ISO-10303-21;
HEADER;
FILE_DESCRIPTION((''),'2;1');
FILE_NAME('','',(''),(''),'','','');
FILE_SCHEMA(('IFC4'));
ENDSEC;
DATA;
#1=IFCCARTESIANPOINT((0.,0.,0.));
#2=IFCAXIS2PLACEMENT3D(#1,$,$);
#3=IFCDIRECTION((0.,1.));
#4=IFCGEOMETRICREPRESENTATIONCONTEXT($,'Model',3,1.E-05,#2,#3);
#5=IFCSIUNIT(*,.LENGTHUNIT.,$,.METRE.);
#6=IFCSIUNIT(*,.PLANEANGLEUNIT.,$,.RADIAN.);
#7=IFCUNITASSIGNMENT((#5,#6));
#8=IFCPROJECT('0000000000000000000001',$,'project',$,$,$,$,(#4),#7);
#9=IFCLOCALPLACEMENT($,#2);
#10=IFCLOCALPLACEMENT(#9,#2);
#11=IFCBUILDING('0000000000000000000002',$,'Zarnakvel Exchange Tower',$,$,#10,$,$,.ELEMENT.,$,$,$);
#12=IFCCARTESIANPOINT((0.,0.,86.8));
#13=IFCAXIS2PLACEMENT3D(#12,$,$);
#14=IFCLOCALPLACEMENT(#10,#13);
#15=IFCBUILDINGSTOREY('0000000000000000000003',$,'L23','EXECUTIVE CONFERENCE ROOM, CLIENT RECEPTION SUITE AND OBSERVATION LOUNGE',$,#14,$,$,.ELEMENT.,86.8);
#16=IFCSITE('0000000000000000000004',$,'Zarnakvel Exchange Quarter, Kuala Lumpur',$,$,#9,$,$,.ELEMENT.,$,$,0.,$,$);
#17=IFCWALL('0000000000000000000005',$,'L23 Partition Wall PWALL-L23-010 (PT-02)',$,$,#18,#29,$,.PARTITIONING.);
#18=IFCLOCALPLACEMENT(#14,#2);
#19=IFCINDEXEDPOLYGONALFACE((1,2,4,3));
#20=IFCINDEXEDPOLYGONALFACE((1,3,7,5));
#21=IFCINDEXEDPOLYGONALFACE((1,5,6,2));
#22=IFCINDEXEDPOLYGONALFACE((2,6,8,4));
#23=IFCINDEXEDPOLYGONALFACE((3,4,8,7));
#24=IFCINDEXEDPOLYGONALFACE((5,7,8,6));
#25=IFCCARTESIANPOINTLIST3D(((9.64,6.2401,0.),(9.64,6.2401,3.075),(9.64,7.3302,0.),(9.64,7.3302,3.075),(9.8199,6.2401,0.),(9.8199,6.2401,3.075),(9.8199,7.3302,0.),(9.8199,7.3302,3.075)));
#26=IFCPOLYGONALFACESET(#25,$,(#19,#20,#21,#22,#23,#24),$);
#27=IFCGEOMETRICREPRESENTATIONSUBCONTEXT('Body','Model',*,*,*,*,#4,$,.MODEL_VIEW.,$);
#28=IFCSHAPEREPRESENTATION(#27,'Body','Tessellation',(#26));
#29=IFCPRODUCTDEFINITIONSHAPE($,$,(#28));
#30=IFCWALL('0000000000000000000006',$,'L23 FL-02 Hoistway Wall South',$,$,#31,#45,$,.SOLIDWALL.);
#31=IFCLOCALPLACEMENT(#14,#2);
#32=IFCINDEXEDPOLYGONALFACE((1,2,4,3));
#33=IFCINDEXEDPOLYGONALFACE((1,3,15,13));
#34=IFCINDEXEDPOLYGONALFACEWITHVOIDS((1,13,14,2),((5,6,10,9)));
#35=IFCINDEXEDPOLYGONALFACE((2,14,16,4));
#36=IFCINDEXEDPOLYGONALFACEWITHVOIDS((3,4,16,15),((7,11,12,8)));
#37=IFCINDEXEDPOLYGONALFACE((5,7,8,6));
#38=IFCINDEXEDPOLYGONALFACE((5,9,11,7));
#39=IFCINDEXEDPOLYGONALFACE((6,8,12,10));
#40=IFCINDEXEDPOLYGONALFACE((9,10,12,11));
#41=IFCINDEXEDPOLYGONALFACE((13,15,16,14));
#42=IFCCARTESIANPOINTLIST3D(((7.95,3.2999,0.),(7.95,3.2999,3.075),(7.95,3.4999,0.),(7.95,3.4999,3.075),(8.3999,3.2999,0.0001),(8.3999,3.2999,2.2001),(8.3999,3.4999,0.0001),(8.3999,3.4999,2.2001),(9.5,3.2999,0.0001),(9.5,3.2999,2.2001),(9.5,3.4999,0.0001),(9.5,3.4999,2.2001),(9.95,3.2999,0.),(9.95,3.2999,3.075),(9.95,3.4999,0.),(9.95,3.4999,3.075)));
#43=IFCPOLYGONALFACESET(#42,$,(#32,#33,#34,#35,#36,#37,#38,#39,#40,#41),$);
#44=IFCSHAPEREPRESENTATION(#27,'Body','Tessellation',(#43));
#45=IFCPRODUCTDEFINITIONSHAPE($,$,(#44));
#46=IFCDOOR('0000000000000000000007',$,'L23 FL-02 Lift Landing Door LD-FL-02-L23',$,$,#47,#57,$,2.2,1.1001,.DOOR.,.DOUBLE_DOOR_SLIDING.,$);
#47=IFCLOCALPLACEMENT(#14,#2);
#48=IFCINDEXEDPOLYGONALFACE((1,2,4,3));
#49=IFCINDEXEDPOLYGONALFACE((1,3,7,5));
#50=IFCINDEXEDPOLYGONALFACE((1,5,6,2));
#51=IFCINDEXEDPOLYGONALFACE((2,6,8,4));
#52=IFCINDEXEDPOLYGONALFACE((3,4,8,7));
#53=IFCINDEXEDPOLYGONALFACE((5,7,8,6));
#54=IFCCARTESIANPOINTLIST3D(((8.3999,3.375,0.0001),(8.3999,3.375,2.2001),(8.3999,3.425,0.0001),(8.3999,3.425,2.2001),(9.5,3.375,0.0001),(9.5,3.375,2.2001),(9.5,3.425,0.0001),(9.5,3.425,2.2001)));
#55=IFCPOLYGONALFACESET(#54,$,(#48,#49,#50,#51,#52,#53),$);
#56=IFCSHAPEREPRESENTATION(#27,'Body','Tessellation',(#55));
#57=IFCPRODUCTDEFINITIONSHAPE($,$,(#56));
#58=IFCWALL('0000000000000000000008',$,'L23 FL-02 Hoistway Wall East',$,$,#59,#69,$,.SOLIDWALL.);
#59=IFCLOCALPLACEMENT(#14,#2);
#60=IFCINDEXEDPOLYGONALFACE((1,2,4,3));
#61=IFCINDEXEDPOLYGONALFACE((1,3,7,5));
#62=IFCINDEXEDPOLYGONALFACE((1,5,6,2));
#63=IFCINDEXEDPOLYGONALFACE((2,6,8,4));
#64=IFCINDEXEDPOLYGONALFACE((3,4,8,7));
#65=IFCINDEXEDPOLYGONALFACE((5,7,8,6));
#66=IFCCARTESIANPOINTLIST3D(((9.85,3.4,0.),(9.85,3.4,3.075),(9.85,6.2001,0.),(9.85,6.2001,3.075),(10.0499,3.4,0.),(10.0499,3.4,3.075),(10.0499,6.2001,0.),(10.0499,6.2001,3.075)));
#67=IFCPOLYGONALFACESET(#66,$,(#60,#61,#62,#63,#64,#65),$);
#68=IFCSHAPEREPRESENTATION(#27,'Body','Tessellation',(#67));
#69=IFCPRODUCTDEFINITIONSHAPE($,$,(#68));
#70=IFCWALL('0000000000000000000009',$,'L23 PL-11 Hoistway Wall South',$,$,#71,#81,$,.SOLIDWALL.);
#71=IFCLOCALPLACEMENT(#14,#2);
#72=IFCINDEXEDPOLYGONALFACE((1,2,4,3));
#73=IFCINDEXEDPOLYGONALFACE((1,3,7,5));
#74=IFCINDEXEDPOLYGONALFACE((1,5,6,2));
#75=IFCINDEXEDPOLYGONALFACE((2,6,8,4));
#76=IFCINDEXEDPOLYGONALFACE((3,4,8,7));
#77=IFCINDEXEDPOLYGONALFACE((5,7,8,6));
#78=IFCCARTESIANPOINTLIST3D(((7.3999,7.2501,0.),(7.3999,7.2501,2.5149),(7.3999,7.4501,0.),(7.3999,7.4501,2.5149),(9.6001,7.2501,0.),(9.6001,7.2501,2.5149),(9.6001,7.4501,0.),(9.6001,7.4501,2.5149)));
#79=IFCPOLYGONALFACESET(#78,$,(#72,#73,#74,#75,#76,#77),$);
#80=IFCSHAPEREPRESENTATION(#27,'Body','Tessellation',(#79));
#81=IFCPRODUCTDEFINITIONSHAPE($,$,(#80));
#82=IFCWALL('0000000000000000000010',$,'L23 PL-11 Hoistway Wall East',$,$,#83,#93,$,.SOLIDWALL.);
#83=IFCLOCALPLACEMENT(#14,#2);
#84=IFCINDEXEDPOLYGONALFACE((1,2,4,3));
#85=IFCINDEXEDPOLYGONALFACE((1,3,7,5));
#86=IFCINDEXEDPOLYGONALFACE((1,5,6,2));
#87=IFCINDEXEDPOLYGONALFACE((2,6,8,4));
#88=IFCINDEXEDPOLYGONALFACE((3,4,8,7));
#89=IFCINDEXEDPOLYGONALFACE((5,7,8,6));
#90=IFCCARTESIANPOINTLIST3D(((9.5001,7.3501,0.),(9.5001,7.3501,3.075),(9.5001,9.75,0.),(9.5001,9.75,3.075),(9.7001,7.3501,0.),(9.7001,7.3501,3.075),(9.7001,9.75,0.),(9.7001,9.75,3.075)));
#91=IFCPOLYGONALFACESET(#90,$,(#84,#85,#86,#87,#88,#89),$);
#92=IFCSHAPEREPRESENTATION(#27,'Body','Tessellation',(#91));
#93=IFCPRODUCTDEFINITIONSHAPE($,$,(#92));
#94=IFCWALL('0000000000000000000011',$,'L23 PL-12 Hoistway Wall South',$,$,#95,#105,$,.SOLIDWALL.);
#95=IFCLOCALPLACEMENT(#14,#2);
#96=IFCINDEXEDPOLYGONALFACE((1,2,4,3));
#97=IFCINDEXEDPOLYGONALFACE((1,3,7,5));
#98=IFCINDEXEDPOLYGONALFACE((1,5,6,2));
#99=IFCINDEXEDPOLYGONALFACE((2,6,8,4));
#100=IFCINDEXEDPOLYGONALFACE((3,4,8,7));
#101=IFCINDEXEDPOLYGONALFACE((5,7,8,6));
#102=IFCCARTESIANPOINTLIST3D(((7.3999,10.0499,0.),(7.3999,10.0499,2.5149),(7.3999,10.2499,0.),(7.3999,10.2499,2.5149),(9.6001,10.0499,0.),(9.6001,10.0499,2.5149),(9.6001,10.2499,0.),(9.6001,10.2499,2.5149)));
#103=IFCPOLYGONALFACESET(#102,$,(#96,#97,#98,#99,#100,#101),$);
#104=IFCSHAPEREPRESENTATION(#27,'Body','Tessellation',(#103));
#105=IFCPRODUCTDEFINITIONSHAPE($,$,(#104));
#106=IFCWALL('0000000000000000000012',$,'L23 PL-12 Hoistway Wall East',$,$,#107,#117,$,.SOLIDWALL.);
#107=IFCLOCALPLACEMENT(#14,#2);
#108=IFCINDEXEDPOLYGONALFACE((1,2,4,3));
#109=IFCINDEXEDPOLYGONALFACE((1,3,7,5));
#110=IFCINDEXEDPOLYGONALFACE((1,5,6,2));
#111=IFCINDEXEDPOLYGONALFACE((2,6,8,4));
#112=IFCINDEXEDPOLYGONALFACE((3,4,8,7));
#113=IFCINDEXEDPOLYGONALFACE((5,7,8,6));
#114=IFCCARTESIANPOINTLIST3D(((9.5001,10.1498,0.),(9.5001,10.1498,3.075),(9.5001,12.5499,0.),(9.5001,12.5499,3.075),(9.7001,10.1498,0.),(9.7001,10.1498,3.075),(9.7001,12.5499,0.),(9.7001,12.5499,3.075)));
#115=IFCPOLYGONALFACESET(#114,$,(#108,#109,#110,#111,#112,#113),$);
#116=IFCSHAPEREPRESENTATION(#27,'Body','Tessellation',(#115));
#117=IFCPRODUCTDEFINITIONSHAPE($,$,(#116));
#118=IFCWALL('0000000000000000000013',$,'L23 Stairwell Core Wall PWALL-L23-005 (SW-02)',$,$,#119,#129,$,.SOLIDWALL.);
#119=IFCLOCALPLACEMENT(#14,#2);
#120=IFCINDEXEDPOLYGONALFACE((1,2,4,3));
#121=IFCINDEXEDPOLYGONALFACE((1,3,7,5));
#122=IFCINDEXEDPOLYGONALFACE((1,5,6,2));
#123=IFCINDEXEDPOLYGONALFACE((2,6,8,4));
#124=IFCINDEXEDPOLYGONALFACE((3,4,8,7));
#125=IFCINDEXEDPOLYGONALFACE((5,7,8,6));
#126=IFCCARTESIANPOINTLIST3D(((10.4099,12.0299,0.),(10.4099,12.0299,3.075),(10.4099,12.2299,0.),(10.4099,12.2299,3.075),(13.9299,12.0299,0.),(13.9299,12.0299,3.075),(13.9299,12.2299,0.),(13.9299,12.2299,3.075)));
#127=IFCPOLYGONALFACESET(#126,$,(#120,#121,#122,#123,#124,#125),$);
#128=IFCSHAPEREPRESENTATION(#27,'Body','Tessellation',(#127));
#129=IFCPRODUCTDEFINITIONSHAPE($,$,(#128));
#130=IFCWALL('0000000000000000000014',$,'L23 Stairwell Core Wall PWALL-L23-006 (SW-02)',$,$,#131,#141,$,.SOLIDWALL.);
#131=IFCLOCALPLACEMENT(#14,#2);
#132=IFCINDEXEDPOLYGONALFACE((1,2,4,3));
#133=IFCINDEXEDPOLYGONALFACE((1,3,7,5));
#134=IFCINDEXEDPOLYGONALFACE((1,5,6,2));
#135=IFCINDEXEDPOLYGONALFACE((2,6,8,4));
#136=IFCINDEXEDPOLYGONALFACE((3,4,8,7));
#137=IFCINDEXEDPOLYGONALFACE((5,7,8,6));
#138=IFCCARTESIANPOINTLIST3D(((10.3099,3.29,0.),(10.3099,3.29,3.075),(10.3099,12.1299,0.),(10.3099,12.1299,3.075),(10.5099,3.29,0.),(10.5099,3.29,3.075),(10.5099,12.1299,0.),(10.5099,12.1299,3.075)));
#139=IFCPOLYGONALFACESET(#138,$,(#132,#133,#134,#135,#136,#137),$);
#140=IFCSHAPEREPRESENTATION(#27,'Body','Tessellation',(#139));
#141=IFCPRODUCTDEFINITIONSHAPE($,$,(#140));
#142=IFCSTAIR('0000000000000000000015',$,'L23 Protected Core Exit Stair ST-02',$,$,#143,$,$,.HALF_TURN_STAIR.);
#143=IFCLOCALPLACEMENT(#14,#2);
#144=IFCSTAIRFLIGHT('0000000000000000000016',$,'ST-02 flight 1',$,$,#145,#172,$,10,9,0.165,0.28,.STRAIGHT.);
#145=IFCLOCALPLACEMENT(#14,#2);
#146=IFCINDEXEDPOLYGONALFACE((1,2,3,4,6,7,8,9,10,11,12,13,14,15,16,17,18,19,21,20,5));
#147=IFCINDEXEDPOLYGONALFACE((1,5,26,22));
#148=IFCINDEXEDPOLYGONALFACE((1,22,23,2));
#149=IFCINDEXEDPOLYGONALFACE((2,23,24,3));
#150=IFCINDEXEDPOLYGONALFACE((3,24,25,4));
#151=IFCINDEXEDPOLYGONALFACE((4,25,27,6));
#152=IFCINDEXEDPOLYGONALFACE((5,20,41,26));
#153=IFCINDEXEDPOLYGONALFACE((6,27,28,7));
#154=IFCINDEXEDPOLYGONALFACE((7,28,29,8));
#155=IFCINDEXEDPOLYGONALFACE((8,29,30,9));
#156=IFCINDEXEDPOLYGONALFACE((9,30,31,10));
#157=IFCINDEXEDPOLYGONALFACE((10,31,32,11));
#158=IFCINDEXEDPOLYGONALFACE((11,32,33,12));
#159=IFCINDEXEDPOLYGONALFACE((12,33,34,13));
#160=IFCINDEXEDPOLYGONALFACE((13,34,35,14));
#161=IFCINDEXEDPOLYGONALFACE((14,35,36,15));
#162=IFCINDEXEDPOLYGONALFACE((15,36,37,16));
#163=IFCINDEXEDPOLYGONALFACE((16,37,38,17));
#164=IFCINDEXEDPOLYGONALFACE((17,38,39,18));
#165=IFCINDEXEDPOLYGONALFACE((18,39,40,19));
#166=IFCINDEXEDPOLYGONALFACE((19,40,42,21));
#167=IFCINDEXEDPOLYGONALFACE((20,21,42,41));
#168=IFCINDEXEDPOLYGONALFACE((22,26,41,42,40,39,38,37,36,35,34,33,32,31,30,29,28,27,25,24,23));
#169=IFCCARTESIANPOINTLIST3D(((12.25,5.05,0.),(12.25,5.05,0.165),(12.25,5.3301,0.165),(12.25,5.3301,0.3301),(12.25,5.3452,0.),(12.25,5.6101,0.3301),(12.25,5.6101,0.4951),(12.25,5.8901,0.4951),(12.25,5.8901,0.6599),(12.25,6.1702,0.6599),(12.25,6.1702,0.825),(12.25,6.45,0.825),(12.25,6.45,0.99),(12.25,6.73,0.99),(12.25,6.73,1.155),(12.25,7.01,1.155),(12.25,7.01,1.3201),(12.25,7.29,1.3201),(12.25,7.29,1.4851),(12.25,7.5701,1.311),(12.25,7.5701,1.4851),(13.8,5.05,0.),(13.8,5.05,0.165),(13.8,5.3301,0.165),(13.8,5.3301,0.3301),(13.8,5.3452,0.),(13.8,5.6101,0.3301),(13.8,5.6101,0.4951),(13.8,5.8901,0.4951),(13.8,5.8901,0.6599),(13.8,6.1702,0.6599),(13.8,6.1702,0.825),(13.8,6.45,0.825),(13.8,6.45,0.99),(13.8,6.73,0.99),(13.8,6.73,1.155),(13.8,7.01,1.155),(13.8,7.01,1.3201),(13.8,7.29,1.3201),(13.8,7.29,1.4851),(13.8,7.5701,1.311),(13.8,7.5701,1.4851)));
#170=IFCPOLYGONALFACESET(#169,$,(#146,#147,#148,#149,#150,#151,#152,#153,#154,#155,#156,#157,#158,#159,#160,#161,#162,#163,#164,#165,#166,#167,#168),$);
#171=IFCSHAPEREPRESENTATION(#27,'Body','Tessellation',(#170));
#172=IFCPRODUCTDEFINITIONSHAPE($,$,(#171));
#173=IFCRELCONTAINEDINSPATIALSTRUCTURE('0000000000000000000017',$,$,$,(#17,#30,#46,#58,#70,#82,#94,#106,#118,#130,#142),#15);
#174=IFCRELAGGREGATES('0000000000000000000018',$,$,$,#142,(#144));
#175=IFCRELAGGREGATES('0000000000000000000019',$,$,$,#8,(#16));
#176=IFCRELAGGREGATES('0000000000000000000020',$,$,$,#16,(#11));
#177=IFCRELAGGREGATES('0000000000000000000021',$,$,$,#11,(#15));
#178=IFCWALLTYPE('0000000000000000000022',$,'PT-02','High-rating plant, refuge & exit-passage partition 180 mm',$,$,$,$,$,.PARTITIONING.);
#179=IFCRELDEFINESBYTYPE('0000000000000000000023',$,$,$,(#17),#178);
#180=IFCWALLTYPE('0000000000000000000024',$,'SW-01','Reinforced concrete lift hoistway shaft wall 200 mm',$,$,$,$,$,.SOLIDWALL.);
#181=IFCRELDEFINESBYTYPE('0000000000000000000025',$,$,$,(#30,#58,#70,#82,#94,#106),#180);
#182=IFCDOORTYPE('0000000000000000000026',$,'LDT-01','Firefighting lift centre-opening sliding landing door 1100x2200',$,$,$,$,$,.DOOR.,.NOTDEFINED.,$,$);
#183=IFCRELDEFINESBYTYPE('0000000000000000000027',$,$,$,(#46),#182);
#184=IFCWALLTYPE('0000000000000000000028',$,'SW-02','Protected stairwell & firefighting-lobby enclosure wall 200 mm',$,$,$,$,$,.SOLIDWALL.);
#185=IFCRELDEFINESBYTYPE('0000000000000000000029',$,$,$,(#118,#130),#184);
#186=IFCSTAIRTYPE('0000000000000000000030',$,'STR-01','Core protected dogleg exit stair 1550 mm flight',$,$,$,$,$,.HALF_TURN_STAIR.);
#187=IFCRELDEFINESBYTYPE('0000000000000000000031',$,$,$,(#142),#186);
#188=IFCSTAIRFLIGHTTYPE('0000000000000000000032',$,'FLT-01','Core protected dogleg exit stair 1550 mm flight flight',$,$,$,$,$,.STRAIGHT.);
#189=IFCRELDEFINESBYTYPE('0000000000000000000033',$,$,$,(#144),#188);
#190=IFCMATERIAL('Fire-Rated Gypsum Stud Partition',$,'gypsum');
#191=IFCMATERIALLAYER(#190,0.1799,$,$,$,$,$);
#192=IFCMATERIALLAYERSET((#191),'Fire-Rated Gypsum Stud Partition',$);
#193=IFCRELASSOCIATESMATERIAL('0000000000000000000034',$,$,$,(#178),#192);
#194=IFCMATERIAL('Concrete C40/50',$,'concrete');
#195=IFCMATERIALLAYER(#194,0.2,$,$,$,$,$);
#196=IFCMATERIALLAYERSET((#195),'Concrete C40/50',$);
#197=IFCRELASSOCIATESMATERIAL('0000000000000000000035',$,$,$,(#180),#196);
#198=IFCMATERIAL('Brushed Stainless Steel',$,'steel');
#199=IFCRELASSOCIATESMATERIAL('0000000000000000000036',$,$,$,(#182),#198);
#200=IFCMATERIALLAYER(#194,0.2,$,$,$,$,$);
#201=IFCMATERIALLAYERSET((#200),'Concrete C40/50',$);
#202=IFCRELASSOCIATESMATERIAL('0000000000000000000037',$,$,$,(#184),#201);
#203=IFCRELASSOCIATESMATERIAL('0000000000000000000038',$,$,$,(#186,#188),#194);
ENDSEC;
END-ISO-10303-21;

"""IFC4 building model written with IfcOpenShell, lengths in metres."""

from ifc_helpers import new_model, si_unit, direction, frame, frame_2d, origin, place, context, subcontext, project, spatial, polyline, rectangle, outline, extrude, source, transform, mapped, material, layer, layer_set, type_object, element, fill, aggregate, save


model = new_model("IFC4")

# Units and contexts
model_context = context("Model", 3, precision=1e-05, world=origin(), true_north=direction((0.0, 1.0)))
body_context = subcontext(model_context, "Body", "Model", "MODEL_VIEW")
ifc_project = project(units=[si_unit("LENGTHUNIT", "METRE"), si_unit("PLANEANGLEUNIT", "RADIAN")], contexts=[model_context])

# Site, building, storey
site_placement = place(None, origin())
site = spatial("IfcSite", under=ifc_project, at=site_placement, Name="Zarnakvel Exchange Quarter, Kuala Lumpur", CompositionType="ELEMENT", RefElevation=0.0)
building_placement = place(site_placement, origin())
building = spatial("IfcBuilding", under=site, at=building_placement, Name="Zarnakvel Exchange Tower", CompositionType="ELEMENT")
storey_placement = place(building_placement, frame((0.0, 0.0, 86.8)))
storey = spatial("IfcBuildingStorey", under=building, at=storey_placement, Name="L23", Description="EXECUTIVE CONFERENCE ROOM, CLIENT RECEPTION SUITE AND OBSERVATION LOUNGE", CompositionType="ELEMENT", Elevation=86.8)

# Wall
ifc_material_1 = material(Name="Fire-Rated Gypsum Stud Partition", Category="gypsum")
ifc_layer_1 = layer(ifc_material_1, 0.1799)
ifc_layer_set_1 = layer_set([ifc_layer_1], Name="Fire-Rated Gypsum Stud Partition")
wall_type_1 = type_object("IfcWallType", Name="PT-02", Description="High-rating plant, refuge & exit-passage partition 180 mm", PredefinedType="PARTITIONING", material=ifc_layer_set_1)
wall_1_placement = place(storey_placement, frame((9.73, 7.3301, 0.0), z_axis=(0.0, 0.0, 1.0), x_axis=(0.0, -1.0, 0.0)))
element("IfcWall", 1, at=wall_1_placement, inside=storey, type_object=wall_type_1, Name="L23 Partition Wall PWALL-L23-010 (PT-02)", PredefinedType="PARTITIONING", context=body_context, shape_type="SweptSolid", body=[
    extrude(rectangle(XDim=1.0901, YDim=0.1799, at=frame_2d((0.5449, 0.0))), origin(), (0.0, 0.0, 1.0), 3.075),
])

# Wall, opening, door
ifc_material_2 = material(Name="Concrete C40/50", Category="concrete")
ifc_layer_2 = layer(ifc_material_2, 0.2)
ifc_layer_set_2 = layer_set([ifc_layer_2], Name="Concrete C40/50")
wall_type_2 = type_object("IfcWallType", Name="SW-01", Description="Reinforced concrete lift hoistway shaft wall 200 mm", PredefinedType="SOLIDWALL", material=ifc_layer_set_2)
wall_2_placement = place(storey_placement, frame((9.95, 3.3999, 0.0), z_axis=(0.0, 0.0, 1.0), x_axis=(-1.0, 0.0, 0.0)))
wall_2 = element("IfcWall", 2, at=wall_2_placement, inside=storey, type_object=wall_type_2, Name="L23 FL-02 Hoistway Wall South", PredefinedType="SOLIDWALL", context=body_context, shape_type="SweptSolid", body=[
    extrude(rectangle(XDim=2.0, YDim=0.2, at=frame_2d((1.0, 0.0))), origin(), (0.0, 0.0, 1.0), 3.075),
])
opening_1_placement = place(wall_2_placement, frame((0.45, 0.0, 0.0)))
opening_1 = element("IfcOpeningElement", 3, at=opening_1_placement, cuts=wall_2, PredefinedType="OPENING", context=body_context, shape_type="SweptSolid", body=[
    extrude(rectangle(XDim=1.1001, YDim=2.2, at=frame_2d((0.55, 1.1001))), frame((0.0, 0.1099, 0.0), z_axis=(0.0, -1.0, 0.0), x_axis=(1.0, 0.0, 0.0)), (0.0, 0.0, 1.0), 0.22),
])
ifc_material_3 = material(Name="Brushed Stainless Steel", Category="steel")
door_type_1 = type_object("IfcDoorType", Name="LDT-01", Description="Firefighting lift centre-opening sliding landing door 1100x2200", OperationType="NOTDEFINED", PredefinedType="DOOR", material=ifc_material_3)
shared_shape_1 = source(origin(), body_context, "Body", "SweptSolid", [
    extrude(rectangle(XDim=1.1001, YDim=2.2, at=frame_2d((0.55, 1.1001))), frame((0.0, 0.0249, 0.0), z_axis=(0.0, -1.0, 0.0), x_axis=(1.0, 0.0, 0.0)), (0.0, 0.0, 1.0), 0.05),
])
door_1_placement = place(opening_1_placement, origin())
door_1 = element("IfcDoor", 4, at=door_1_placement, inside=storey, type_object=door_type_1, Name="L23 FL-02 Lift Landing Door LD-FL-02-L23", OperationType="DOUBLE_DOOR_SLIDING", OverallHeight=2.2, OverallWidth=1.1001, PredefinedType="DOOR", context=body_context, shape_type="MappedRepresentation", body=[
    mapped(shared_shape_1, transform((0.0, 0.0, 0.0), x_axis=(1.0, 0.0, 0.0), y_axis=(0.0, 1.0, 0.0), z_axis=(0.0, 0.0, 1.0), scale=1.0)),
])
fill(opening_1, door_1)

# Walls
wall_3_placement = place(storey_placement, frame((9.95, 6.2, 0.0), z_axis=(0.0, 0.0, 1.0), x_axis=(0.0, -1.0, 0.0)))
element("IfcWall", 5, at=wall_3_placement, inside=storey, type_object=wall_type_2, Name="L23 FL-02 Hoistway Wall East", PredefinedType="SOLIDWALL", context=body_context, shape_type="SweptSolid", body=[
    extrude(rectangle(XDim=2.8, YDim=0.2, at=frame_2d((1.3999, 0.0))), origin(), (0.0, 0.0, 1.0), 3.075),
])
wall_4_placement = place(storey_placement, frame((9.6001, 7.3501, 0.0), z_axis=(0.0, 0.0, 1.0), x_axis=(-1.0, 0.0, 0.0)))
element("IfcWall", 6, at=wall_4_placement, inside=storey, type_object=wall_type_2, Name="L23 PL-11 Hoistway Wall South", PredefinedType="SOLIDWALL", context=body_context, shape_type="SweptSolid", body=[
    extrude(rectangle(XDim=2.2002, YDim=0.2, at=frame_2d((1.1001, 0.0))), origin(), (0.0, 0.0, 1.0), 2.5149),
])
wall_5_placement = place(storey_placement, frame((9.6001, 9.75, 0.0), z_axis=(0.0, 0.0, 1.0), x_axis=(0.0, -1.0, 0.0)))
element("IfcWall", 7, at=wall_5_placement, inside=storey, type_object=wall_type_2, Name="L23 PL-11 Hoistway Wall East", PredefinedType="SOLIDWALL", context=body_context, shape_type="SweptSolid", body=[
    extrude(rectangle(XDim=2.3999, YDim=0.2, at=frame_2d((1.2, 0.0))), origin(), (0.0, 0.0, 1.0), 3.075),
])
wall_6_placement = place(storey_placement, frame((9.6001, 10.1499, 0.0), z_axis=(0.0, 0.0, 1.0), x_axis=(-1.0, 0.0, 0.0)))
element("IfcWall", 8, at=wall_6_placement, inside=storey, type_object=wall_type_2, Name="L23 PL-12 Hoistway Wall South", PredefinedType="SOLIDWALL", context=body_context, shape_type="SweptSolid", body=[
    extrude(rectangle(XDim=2.2002, YDim=0.2, at=frame_2d((1.1001, 0.0))), origin(), (0.0, 0.0, 1.0), 2.5149),
])
wall_7_placement = place(storey_placement, frame((9.6001, 12.55, 0.0), z_axis=(0.0, 0.0, 1.0), x_axis=(0.0, -1.0, 0.0)))
element("IfcWall", 9, at=wall_7_placement, inside=storey, type_object=wall_type_2, Name="L23 PL-12 Hoistway Wall East", PredefinedType="SOLIDWALL", context=body_context, shape_type="SweptSolid", body=[
    extrude(rectangle(XDim=2.4001, YDim=0.2, at=frame_2d((1.2002, 0.0))), origin(), (0.0, 0.0, 1.0), 3.075),
])

# Shared definitions
ifc_layer_3 = layer(ifc_material_2, 0.2)
ifc_layer_set_3 = layer_set([ifc_layer_3], Name="Concrete C40/50")
wall_type_3 = type_object("IfcWallType", Name="SW-02", Description="Protected stairwell & firefighting-lobby enclosure wall 200 mm", PredefinedType="SOLIDWALL", material=ifc_layer_set_3)

# Walls
wall_8_placement = place(storey_placement, frame((10.4099, 12.1299, 0.0), z_axis=(0.0, 0.0, 1.0), x_axis=(1.0, 0.0, 0.0)))
element("IfcWall", 10, at=wall_8_placement, inside=storey, type_object=wall_type_3, Name="L23 Stairwell Core Wall PWALL-L23-005 (SW-02)", PredefinedType="SOLIDWALL", context=body_context, shape_type="SweptSolid", body=[
    extrude(rectangle(XDim=3.52, YDim=0.2, at=frame_2d((1.76, 0.0))), origin(), (0.0, 0.0, 1.0), 3.075),
])
wall_9_placement = place(storey_placement, frame((10.4099, 3.29, 0.0), z_axis=(0.0, 0.0, 1.0), x_axis=(0.0, 1.0, 0.0)))
element("IfcWall", 11, at=wall_9_placement, inside=storey, type_object=wall_type_3, Name="L23 Stairwell Core Wall PWALL-L23-006 (SW-02)", PredefinedType="SOLIDWALL", context=body_context, shape_type="SweptSolid", body=[
    extrude(rectangle(XDim=8.8398, YDim=0.2, at=frame_2d((4.4199, 0.0))), origin(), (0.0, 0.0, 1.0), 3.075),
])

# Stair, stair flight
stair_type = type_object("IfcStairType", Name="STR-01", Description="Core protected dogleg exit stair 1550 mm flight", PredefinedType="HALF_TURN_STAIR", material=ifc_material_2)
stair_placement = place(storey_placement, origin())
stair = element("IfcStair", 12, at=stair_placement, inside=storey, type_object=stair_type, Name="L23 Protected Core Exit Stair ST-02", PredefinedType="HALF_TURN_STAIR")
stair_flight_type = type_object("IfcStairFlightType", Name="FLT-01", Description="Core protected dogleg exit stair 1550 mm flight flight", PredefinedType="STRAIGHT", material=ifc_material_2)
stair_flight_1_placement = place(storey_placement, frame((13.0249, 5.05, 0.0), z_axis=(0.0, 0.0, 1.0), x_axis=(0.0, 1.0, 0.0)))
stair_flight_1 = element("IfcStairFlight", 13, at=stair_flight_1_placement, type_object=stair_flight_type, Name="ST-02 flight 1", NumberOfRisers=10, NumberOfTreads=9, PredefinedType="STRAIGHT", RiserHeight=0.165, TreadLength=0.28, context=body_context, shape_type="SweptSolid", body=[
    extrude(outline(polyline([(0.0, 0.0), (0.0, 0.165), (0.28, 0.165), (0.28, 0.3301), (0.5601, 0.3301), (0.5601, 0.4951), (0.8401, 0.4951), (0.8401, 0.6599), (1.1201, 0.6599), (1.1201, 0.825), (1.3999, 0.825), (1.3999, 0.99), (1.6799, 0.99), (1.6799, 1.155), (1.96, 1.155), (1.96, 1.3201), (2.24, 1.3201), (2.24, 1.4851), (2.52, 1.4851), (2.52, 1.6499), (2.52, 1.311), (0.2952, 0.0), (0.0, 0.0)])), frame((0.0, 0.7749, 0.0), z_axis=(0.0, -1.0, 0.0), x_axis=(1.0, 0.0, 0.0)), (0.0, 0.0, 1.0), 1.55),
])
aggregate(stair, [stair_flight_1])

save(model, "model.ifc")
